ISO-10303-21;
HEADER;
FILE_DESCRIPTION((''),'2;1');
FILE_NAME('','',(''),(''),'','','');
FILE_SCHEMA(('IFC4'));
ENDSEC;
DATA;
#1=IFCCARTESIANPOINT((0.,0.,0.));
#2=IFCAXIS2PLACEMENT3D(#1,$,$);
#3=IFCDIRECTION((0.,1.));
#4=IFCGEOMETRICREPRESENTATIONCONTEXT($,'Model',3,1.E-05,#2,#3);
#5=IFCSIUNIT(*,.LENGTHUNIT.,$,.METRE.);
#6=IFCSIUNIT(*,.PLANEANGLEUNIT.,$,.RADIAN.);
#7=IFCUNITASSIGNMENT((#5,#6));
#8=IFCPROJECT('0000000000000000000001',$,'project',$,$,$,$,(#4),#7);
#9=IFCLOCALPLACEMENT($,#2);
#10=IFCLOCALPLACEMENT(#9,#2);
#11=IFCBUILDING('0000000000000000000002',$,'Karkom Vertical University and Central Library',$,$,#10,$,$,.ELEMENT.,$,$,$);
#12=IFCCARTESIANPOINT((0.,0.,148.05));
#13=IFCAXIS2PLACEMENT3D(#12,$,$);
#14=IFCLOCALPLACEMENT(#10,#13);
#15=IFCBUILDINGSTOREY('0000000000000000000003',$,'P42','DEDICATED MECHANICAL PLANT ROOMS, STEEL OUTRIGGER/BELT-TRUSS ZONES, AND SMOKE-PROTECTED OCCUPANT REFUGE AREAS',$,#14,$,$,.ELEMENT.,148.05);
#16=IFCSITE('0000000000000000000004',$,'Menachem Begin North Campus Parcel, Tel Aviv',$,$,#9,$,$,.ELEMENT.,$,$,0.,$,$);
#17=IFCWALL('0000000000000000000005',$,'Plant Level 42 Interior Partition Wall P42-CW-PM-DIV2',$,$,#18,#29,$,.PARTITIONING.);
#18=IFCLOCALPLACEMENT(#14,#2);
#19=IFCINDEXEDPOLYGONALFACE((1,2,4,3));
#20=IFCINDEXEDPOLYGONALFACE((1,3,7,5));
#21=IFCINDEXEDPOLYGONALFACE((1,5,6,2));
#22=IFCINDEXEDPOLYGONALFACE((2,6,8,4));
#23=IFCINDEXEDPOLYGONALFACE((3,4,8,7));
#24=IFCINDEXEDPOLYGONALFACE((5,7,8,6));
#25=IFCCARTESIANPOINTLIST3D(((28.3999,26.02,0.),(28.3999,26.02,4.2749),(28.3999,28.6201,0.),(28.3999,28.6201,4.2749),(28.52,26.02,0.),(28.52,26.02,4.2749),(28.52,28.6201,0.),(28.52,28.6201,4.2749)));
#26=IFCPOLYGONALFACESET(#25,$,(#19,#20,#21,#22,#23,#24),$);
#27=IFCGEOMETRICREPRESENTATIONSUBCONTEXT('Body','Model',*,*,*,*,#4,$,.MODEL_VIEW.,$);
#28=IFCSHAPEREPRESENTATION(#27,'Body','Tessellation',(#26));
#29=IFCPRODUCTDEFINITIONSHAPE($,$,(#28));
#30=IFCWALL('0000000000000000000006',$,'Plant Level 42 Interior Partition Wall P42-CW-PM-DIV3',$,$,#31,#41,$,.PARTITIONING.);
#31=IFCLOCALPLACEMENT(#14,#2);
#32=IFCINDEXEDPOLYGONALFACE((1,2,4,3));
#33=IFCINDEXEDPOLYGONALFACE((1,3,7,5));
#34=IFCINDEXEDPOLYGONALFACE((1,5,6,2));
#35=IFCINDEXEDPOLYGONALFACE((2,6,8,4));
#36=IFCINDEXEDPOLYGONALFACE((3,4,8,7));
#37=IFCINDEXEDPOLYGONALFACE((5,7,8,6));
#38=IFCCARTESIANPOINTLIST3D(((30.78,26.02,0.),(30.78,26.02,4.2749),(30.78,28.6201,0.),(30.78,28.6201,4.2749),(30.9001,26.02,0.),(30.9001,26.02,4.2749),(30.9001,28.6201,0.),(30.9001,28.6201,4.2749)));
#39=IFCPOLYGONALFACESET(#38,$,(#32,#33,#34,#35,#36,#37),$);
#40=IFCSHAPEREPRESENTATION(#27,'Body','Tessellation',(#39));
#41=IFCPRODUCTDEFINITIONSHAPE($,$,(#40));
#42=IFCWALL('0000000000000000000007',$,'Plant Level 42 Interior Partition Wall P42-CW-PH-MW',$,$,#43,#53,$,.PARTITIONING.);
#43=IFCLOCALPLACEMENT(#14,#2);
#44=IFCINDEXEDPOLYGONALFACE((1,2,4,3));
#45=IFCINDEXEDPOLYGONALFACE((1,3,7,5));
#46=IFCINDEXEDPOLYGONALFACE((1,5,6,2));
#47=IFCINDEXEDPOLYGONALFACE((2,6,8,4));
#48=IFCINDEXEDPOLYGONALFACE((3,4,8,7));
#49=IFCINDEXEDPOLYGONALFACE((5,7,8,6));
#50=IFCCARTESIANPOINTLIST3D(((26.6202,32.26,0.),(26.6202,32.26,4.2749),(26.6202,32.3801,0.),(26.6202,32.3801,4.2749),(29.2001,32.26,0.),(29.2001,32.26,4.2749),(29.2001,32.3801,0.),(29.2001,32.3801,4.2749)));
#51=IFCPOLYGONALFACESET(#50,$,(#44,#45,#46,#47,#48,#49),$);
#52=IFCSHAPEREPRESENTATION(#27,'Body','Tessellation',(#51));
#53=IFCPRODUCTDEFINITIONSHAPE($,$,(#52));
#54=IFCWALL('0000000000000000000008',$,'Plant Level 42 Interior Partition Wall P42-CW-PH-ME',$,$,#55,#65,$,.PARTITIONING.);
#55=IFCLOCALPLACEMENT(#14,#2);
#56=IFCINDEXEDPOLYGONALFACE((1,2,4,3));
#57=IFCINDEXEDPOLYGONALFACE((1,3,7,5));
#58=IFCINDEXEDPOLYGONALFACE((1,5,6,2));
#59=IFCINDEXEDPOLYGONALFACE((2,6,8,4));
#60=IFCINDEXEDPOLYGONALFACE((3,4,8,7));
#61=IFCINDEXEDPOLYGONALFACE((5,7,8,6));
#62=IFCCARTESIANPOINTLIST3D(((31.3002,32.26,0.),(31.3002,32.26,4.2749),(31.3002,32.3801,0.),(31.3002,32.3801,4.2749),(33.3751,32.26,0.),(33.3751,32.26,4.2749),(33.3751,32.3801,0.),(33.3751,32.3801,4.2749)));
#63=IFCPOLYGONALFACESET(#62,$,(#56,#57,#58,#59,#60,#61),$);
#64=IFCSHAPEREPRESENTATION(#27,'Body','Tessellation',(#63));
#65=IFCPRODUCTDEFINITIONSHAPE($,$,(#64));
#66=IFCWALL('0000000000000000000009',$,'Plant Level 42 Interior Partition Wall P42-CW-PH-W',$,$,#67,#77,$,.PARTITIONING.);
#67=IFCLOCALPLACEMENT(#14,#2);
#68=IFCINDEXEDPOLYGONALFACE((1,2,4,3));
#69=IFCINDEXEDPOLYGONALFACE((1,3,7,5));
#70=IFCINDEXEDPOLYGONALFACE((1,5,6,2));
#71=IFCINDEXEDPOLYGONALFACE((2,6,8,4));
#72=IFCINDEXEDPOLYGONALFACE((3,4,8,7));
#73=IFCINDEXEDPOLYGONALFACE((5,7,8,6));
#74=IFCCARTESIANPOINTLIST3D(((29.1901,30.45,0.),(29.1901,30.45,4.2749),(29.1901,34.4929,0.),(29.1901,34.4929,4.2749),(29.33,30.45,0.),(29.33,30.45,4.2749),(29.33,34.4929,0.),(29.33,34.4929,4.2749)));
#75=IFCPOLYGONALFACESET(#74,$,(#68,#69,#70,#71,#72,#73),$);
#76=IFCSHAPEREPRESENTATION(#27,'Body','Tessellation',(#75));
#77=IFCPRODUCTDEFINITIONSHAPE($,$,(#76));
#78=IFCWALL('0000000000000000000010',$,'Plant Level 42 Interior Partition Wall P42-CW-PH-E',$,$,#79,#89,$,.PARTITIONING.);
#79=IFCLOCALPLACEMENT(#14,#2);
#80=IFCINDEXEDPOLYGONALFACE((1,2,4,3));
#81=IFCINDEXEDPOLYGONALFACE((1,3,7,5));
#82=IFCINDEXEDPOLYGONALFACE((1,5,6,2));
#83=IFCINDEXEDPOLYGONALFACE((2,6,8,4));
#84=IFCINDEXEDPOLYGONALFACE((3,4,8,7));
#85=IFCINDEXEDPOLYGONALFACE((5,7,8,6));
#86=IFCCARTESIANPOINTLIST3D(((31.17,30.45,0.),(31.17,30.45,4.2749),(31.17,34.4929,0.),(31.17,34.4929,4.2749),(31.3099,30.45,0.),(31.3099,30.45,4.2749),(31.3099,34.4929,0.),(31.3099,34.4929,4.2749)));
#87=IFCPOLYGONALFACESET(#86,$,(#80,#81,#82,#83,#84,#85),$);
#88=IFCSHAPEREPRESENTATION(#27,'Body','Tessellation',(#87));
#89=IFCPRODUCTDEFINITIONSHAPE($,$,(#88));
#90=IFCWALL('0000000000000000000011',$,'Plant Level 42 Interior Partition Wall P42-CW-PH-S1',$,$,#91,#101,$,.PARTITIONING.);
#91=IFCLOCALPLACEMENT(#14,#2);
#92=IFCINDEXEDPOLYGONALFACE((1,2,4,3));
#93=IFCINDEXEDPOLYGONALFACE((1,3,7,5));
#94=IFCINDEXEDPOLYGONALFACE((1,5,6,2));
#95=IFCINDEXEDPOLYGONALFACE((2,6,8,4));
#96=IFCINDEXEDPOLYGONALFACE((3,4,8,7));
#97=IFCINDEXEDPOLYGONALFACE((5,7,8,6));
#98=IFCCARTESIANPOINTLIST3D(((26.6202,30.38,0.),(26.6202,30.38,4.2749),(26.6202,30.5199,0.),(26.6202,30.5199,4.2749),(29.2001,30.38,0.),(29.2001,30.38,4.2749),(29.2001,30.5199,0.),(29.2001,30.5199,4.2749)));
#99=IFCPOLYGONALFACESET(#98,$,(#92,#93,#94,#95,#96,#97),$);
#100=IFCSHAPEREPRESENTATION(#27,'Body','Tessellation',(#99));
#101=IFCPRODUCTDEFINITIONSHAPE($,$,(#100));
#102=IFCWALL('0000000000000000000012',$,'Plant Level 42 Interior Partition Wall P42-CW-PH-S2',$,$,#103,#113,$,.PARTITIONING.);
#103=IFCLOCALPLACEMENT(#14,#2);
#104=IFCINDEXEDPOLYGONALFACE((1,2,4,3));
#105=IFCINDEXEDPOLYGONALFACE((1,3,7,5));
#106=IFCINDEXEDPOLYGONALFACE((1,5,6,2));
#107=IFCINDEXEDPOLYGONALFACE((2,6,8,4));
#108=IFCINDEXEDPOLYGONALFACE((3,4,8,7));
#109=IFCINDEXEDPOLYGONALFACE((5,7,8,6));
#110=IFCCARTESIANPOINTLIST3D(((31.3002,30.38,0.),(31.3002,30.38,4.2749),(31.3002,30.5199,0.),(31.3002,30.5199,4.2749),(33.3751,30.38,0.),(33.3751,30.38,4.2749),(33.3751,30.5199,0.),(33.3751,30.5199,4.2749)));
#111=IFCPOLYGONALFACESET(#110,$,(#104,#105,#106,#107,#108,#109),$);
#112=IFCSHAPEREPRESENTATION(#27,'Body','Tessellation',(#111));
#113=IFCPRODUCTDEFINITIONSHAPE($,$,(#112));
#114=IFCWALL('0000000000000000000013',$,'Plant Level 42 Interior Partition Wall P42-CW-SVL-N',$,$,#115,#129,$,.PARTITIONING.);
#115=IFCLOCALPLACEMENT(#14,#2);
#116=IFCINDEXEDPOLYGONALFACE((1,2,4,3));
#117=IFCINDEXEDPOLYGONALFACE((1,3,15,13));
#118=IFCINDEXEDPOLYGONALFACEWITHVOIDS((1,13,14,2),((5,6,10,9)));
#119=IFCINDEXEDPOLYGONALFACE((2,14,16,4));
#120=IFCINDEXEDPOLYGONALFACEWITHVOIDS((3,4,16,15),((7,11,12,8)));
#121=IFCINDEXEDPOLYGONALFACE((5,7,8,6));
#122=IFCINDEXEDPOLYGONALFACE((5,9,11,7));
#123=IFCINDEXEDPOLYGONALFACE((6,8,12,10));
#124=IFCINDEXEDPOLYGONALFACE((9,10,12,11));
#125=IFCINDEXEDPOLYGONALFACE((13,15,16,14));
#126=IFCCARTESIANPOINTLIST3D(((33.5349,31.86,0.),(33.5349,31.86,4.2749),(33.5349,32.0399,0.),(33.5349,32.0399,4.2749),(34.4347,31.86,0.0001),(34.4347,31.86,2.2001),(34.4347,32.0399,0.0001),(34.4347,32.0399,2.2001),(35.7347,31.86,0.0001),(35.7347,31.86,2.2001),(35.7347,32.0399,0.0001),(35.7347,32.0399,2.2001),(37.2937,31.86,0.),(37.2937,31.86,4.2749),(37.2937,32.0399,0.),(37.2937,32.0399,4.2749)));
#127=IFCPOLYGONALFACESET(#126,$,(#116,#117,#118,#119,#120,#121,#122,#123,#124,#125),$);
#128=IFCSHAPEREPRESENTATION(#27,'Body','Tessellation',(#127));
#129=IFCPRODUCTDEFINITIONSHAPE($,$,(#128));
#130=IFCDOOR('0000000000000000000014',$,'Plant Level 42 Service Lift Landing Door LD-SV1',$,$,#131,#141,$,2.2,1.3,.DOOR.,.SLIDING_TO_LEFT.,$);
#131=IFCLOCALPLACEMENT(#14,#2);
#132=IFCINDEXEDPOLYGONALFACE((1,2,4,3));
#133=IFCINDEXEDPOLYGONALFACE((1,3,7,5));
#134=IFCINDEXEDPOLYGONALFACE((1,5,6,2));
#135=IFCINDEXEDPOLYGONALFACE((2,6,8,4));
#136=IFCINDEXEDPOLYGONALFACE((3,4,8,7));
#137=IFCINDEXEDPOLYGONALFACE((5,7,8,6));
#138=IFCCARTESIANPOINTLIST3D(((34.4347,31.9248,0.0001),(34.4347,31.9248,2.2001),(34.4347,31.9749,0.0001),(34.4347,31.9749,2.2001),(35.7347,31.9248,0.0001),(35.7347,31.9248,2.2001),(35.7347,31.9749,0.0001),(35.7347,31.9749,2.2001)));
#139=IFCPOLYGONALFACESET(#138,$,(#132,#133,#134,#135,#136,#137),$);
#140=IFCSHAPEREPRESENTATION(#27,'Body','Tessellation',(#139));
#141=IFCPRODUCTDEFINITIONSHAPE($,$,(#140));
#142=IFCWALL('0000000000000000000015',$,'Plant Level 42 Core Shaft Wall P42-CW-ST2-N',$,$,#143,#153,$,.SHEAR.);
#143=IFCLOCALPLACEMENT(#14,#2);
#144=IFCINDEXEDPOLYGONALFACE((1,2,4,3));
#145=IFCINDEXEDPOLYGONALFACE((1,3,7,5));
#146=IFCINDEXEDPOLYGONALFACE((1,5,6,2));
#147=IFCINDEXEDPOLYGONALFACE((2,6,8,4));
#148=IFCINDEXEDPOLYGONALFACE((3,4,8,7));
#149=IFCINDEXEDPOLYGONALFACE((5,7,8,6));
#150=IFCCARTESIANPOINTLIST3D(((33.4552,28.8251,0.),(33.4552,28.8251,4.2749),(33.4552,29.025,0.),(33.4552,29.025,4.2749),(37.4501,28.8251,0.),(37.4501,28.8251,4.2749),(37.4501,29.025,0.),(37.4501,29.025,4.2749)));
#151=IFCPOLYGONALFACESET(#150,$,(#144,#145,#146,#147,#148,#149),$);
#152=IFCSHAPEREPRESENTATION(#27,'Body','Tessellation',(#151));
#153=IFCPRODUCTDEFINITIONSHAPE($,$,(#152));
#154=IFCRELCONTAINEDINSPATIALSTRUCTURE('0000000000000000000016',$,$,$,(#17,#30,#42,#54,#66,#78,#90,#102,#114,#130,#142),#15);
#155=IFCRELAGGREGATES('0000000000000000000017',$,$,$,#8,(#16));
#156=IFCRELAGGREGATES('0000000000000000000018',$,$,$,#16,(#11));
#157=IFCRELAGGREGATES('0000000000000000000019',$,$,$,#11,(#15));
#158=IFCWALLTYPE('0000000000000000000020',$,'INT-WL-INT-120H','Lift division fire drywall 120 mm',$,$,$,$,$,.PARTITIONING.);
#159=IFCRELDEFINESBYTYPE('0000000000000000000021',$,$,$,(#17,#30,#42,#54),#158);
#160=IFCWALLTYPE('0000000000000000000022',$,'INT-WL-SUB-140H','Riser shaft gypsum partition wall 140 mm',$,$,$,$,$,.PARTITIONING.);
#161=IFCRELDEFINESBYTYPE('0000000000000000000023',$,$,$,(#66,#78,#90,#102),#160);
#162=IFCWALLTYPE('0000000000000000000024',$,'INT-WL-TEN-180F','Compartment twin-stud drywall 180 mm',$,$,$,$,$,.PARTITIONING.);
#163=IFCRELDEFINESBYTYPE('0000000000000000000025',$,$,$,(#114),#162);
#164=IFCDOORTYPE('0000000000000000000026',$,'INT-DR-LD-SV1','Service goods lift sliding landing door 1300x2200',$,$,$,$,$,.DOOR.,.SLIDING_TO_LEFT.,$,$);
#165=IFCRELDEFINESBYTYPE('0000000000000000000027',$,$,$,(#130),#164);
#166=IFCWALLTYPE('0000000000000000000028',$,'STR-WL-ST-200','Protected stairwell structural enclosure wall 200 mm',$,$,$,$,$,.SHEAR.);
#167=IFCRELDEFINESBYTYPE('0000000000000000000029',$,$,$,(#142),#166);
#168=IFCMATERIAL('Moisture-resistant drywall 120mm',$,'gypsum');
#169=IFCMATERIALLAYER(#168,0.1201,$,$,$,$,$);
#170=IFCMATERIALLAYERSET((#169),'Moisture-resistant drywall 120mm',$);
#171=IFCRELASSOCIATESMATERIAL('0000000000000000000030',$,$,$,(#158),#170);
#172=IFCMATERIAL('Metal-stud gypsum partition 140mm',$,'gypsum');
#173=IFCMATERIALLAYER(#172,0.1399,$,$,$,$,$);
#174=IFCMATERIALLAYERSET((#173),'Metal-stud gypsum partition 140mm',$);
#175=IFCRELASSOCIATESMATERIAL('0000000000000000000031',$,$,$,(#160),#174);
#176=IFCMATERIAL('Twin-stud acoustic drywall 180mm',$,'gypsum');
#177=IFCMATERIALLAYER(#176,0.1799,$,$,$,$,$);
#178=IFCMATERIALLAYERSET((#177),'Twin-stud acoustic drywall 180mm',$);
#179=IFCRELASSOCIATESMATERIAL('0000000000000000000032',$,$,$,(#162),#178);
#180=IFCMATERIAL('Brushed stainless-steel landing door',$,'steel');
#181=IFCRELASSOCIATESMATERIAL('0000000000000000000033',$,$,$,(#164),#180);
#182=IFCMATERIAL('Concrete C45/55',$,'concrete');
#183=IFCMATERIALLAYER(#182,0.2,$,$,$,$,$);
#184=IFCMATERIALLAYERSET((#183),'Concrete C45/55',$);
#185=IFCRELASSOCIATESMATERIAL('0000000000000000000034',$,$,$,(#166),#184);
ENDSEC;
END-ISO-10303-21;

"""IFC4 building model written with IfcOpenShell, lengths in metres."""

from ifc_helpers import new_model, si_unit, direction, frame, frame_2d, origin, origin_with_axes, place, context, subcontext, project, spatial, rectangle, extrude, source, transform, mapped, material, layer, layer_set, type_object, element, fill, save


model = new_model("IFC4")

# Units and contexts
model_context = context("Model", 3, precision=1e-05, world=origin(), true_north=direction((0.0, 1.0)))
body_context = subcontext(model_context, "Body", "Model", "MODEL_VIEW")
ifc_project = project(units=[si_unit("LENGTHUNIT", "METRE"), si_unit("PLANEANGLEUNIT", "RADIAN")], contexts=[model_context])

# Site, building, storey
site_placement = place(None, origin())
site = spatial("IfcSite", under=ifc_project, at=site_placement, Name="Menachem Begin North Campus Parcel, Tel Aviv", CompositionType="ELEMENT", RefElevation=0.0)
building_placement = place(site_placement, origin())
building = spatial("IfcBuilding", under=site, at=building_placement, Name="Karkom Vertical University and Central Library", CompositionType="ELEMENT")
storey_placement = place(building_placement, frame((0.0, 0.0, 148.05)))
storey = spatial("IfcBuildingStorey", under=building, at=storey_placement, Name="P42", Description="DEDICATED MECHANICAL PLANT ROOMS, STEEL OUTRIGGER/BELT-TRUSS ZONES, AND SMOKE-PROTECTED OCCUPANT REFUGE AREAS", CompositionType="ELEMENT", Elevation=148.05)

# Walls
ifc_material_1 = material(Name="Moisture-resistant drywall 120mm", Category="gypsum")
ifc_layer_1 = layer(ifc_material_1, 0.1201)
ifc_layer_set_1 = layer_set([ifc_layer_1], Name="Moisture-resistant drywall 120mm")
wall_type_1 = type_object("IfcWallType", Name="INT-WL-INT-120H", Description="Lift division fire drywall 120 mm", PredefinedType="PARTITIONING", material=ifc_layer_set_1)
for number, where, z_axis, x_axis, name in (
    (1, (28.46, 26.02, 0.0), (0.0, 0.0, 1.0), (0.0, 1.0, 0.0), "Plant Level 42 Interior Partition Wall P42-CW-PM-DIV2"),
    (2, (30.8401, 26.02, 0.0), (0.0, 0.0, 1.0), (0.0, 1.0, 0.0), "Plant Level 42 Interior Partition Wall P42-CW-PM-DIV3"),
):
    element("IfcWall", number, at=place(storey_placement, frame(where, z_axis=z_axis, x_axis=x_axis)), inside=storey, type_object=wall_type_1, Name=name, PredefinedType="PARTITIONING", context=body_context, shape_type="SweptSolid", body=[
        extrude(rectangle(XDim=2.6001, YDim=0.1201, at=frame_2d((1.3, 0.0))), origin(), (0.0, 0.0, 1.0), 4.2749),
    ])
wall_1_placement = place(storey_placement, frame((26.6201, 32.3201, 0.0), z_axis=(0.0, 0.0, 1.0), x_axis=(1.0, 0.0, 0.0)))
element("IfcWall", 3, at=wall_1_placement, inside=storey, type_object=wall_type_1, Name="Plant Level 42 Interior Partition Wall P42-CW-PH-MW", PredefinedType="PARTITIONING", context=body_context, shape_type="SweptSolid", body=[
    extrude(rectangle(XDim=2.5798, YDim=0.1201, at=frame_2d((1.29, 0.0))), origin(), (0.0, 0.0, 1.0), 4.2749),
])
wall_2_placement = place(storey_placement, frame((31.3, 32.3201, 0.0), z_axis=(0.0, 0.0, 1.0), x_axis=(1.0, 0.0, 0.0)))
element("IfcWall", 4, at=wall_2_placement, inside=storey, type_object=wall_type_1, Name="Plant Level 42 Interior Partition Wall P42-CW-PH-ME", PredefinedType="PARTITIONING", context=body_context, shape_type="SweptSolid", body=[
    extrude(rectangle(XDim=2.075, YDim=0.1201, at=frame_2d((1.0376, 0.0))), origin(), (0.0, 0.0, 1.0), 4.2749),
])
ifc_material_2 = material(Name="Metal-stud gypsum partition 140mm", Category="gypsum")
ifc_layer_2 = layer(ifc_material_2, 0.1399)
ifc_layer_set_2 = layer_set([ifc_layer_2], Name="Metal-stud gypsum partition 140mm")
wall_type_2 = type_object("IfcWallType", Name="INT-WL-SUB-140H", Description="Riser shaft gypsum partition wall 140 mm", PredefinedType="PARTITIONING", material=ifc_layer_set_2)
for number, where, z_axis, x_axis, name in (
    (5, (29.26, 30.45, 0.0), (0.0, 0.0, 1.0), (0.0, 1.0, 0.0), "Plant Level 42 Interior Partition Wall P42-CW-PH-W"),
    (6, (31.24, 30.45, 0.0), (0.0, 0.0, 1.0), (0.0, 1.0, 0.0), "Plant Level 42 Interior Partition Wall P42-CW-PH-E"),
):
    element("IfcWall", number, at=place(storey_placement, frame(where, z_axis=z_axis, x_axis=x_axis)), inside=storey, type_object=wall_type_2, Name=name, PredefinedType="PARTITIONING", context=body_context, shape_type="SweptSolid", body=[
        extrude(rectangle(XDim=4.043, YDim=0.1399, at=frame_2d((2.0215, 0.0))), origin(), (0.0, 0.0, 1.0), 4.2749),
    ])
wall_3_placement = place(storey_placement, frame((26.6201, 30.45, 0.0), z_axis=(0.0, 0.0, 1.0), x_axis=(1.0, 0.0, 0.0)))
element("IfcWall", 7, at=wall_3_placement, inside=storey, type_object=wall_type_2, Name="Plant Level 42 Interior Partition Wall P42-CW-PH-S1", PredefinedType="PARTITIONING", context=body_context, shape_type="SweptSolid", body=[
    extrude(rectangle(XDim=2.5798, YDim=0.1399, at=frame_2d((1.29, 0.0))), origin(), (0.0, 0.0, 1.0), 4.2749),
])
wall_4_placement = place(storey_placement, frame((31.3, 30.45, 0.0), z_axis=(0.0, 0.0, 1.0), x_axis=(1.0, 0.0, 0.0)))
element("IfcWall", 8, at=wall_4_placement, inside=storey, type_object=wall_type_2, Name="Plant Level 42 Interior Partition Wall P42-CW-PH-S2", PredefinedType="PARTITIONING", context=body_context, shape_type="SweptSolid", body=[
    extrude(rectangle(XDim=2.075, YDim=0.1399, at=frame_2d((1.0376, 0.0))), origin(), (0.0, 0.0, 1.0), 4.2749),
])

# Wall, opening, door
ifc_material_3 = material(Name="Twin-stud acoustic drywall 180mm", Category="gypsum")
ifc_layer_3 = layer(ifc_material_3, 0.1799)
ifc_layer_set_3 = layer_set([ifc_layer_3], Name="Twin-stud acoustic drywall 180mm")
wall_type_3 = type_object("IfcWallType", Name="INT-WL-TEN-180F", Description="Compartment twin-stud drywall 180 mm", PredefinedType="PARTITIONING", material=ifc_layer_set_3)
wall_5_placement = place(storey_placement, frame((33.5349, 31.95, 0.0), z_axis=(0.0, 0.0, 1.0), x_axis=(1.0, 0.0, 0.0)))
wall_5 = element("IfcWall", 9, at=wall_5_placement, inside=storey, type_object=wall_type_3, Name="Plant Level 42 Interior Partition Wall P42-CW-SVL-N", PredefinedType="PARTITIONING", context=body_context, shape_type="SweptSolid", body=[
    extrude(rectangle(XDim=3.7588, YDim=0.1799, at=frame_2d((1.8794, 0.0))), origin(), (0.0, 0.0, 1.0), 4.2749),
])
opening_placement = place(wall_5_placement, frame((0.8999, 0.0, 0.0)))
opening = element("IfcOpeningElement", 10, at=opening_placement, cuts=wall_5, PredefinedType="OPENING", context=body_context, shape_type="SweptSolid", body=[
    extrude(rectangle(XDim=1.3, YDim=2.2, at=frame_2d((0.6499, 1.1001))), frame((0.0, 0.1001, 0.0), z_axis=(0.0, -1.0, 0.0), x_axis=(1.0, 0.0, 0.0)), (0.0, 0.0, 1.0), 0.2),
])
ifc_material_4 = material(Name="Brushed stainless-steel landing door", Category="steel")
door_type = type_object("IfcDoorType", Name="INT-DR-LD-SV1", Description="Service goods lift sliding landing door 1300x2200", OperationType="SLIDING_TO_LEFT", PredefinedType="DOOR", material=ifc_material_4)
shared_shape_1 = source(origin_with_axes(), body_context, "Body", "SweptSolid", [
    extrude(rectangle(XDim=1.3, YDim=2.2, at=frame_2d((0.6499, 1.1001))), frame((0.0, 0.0249, 0.0), z_axis=(0.0, -1.0, 0.0), x_axis=(1.0, 0.0, 0.0)), (0.0, 0.0, 1.0), 0.05),
])
door_placement = place(opening_placement, origin())
door = element("IfcDoor", 11, at=door_placement, inside=storey, type_object=door_type, Name="Plant Level 42 Service Lift Landing Door LD-SV1", OperationType="SLIDING_TO_LEFT", OverallHeight=2.2, OverallWidth=1.3, PredefinedType="DOOR", context=body_context, shape_type="MappedRepresentation", body=[
    mapped(shared_shape_1, transform((0.0, 0.0, 0.0), scale=1.0)),
])
fill(opening, door)

# Wall
ifc_material_5 = material(Name="Concrete C45/55", Category="concrete")
ifc_layer_4 = layer(ifc_material_5, 0.2)
ifc_layer_set_4 = layer_set([ifc_layer_4], Name="Concrete C45/55")
wall_type_4 = type_object("IfcWallType", Name="STR-WL-ST-200", Description="Protected stairwell structural enclosure wall 200 mm", PredefinedType="SHEAR", material=ifc_layer_set_4)
wall_6_placement = place(storey_placement, frame((33.4551, 28.925, 0.0), z_axis=(0.0, 0.0, 1.0), x_axis=(1.0, 0.0, 0.0)))
element("IfcWall", 12, at=wall_6_placement, inside=storey, type_object=wall_type_4, Name="Plant Level 42 Core Shaft Wall P42-CW-ST2-N", PredefinedType="SHEAR", context=body_context, shape_type="SweptSolid", body=[
    extrude(rectangle(XDim=3.9949, YDim=0.2, at=frame_2d((1.9976, 0.0))), origin(), (0.0, 0.0, 1.0), 4.2749),
])

save(model, "model.ifc")
